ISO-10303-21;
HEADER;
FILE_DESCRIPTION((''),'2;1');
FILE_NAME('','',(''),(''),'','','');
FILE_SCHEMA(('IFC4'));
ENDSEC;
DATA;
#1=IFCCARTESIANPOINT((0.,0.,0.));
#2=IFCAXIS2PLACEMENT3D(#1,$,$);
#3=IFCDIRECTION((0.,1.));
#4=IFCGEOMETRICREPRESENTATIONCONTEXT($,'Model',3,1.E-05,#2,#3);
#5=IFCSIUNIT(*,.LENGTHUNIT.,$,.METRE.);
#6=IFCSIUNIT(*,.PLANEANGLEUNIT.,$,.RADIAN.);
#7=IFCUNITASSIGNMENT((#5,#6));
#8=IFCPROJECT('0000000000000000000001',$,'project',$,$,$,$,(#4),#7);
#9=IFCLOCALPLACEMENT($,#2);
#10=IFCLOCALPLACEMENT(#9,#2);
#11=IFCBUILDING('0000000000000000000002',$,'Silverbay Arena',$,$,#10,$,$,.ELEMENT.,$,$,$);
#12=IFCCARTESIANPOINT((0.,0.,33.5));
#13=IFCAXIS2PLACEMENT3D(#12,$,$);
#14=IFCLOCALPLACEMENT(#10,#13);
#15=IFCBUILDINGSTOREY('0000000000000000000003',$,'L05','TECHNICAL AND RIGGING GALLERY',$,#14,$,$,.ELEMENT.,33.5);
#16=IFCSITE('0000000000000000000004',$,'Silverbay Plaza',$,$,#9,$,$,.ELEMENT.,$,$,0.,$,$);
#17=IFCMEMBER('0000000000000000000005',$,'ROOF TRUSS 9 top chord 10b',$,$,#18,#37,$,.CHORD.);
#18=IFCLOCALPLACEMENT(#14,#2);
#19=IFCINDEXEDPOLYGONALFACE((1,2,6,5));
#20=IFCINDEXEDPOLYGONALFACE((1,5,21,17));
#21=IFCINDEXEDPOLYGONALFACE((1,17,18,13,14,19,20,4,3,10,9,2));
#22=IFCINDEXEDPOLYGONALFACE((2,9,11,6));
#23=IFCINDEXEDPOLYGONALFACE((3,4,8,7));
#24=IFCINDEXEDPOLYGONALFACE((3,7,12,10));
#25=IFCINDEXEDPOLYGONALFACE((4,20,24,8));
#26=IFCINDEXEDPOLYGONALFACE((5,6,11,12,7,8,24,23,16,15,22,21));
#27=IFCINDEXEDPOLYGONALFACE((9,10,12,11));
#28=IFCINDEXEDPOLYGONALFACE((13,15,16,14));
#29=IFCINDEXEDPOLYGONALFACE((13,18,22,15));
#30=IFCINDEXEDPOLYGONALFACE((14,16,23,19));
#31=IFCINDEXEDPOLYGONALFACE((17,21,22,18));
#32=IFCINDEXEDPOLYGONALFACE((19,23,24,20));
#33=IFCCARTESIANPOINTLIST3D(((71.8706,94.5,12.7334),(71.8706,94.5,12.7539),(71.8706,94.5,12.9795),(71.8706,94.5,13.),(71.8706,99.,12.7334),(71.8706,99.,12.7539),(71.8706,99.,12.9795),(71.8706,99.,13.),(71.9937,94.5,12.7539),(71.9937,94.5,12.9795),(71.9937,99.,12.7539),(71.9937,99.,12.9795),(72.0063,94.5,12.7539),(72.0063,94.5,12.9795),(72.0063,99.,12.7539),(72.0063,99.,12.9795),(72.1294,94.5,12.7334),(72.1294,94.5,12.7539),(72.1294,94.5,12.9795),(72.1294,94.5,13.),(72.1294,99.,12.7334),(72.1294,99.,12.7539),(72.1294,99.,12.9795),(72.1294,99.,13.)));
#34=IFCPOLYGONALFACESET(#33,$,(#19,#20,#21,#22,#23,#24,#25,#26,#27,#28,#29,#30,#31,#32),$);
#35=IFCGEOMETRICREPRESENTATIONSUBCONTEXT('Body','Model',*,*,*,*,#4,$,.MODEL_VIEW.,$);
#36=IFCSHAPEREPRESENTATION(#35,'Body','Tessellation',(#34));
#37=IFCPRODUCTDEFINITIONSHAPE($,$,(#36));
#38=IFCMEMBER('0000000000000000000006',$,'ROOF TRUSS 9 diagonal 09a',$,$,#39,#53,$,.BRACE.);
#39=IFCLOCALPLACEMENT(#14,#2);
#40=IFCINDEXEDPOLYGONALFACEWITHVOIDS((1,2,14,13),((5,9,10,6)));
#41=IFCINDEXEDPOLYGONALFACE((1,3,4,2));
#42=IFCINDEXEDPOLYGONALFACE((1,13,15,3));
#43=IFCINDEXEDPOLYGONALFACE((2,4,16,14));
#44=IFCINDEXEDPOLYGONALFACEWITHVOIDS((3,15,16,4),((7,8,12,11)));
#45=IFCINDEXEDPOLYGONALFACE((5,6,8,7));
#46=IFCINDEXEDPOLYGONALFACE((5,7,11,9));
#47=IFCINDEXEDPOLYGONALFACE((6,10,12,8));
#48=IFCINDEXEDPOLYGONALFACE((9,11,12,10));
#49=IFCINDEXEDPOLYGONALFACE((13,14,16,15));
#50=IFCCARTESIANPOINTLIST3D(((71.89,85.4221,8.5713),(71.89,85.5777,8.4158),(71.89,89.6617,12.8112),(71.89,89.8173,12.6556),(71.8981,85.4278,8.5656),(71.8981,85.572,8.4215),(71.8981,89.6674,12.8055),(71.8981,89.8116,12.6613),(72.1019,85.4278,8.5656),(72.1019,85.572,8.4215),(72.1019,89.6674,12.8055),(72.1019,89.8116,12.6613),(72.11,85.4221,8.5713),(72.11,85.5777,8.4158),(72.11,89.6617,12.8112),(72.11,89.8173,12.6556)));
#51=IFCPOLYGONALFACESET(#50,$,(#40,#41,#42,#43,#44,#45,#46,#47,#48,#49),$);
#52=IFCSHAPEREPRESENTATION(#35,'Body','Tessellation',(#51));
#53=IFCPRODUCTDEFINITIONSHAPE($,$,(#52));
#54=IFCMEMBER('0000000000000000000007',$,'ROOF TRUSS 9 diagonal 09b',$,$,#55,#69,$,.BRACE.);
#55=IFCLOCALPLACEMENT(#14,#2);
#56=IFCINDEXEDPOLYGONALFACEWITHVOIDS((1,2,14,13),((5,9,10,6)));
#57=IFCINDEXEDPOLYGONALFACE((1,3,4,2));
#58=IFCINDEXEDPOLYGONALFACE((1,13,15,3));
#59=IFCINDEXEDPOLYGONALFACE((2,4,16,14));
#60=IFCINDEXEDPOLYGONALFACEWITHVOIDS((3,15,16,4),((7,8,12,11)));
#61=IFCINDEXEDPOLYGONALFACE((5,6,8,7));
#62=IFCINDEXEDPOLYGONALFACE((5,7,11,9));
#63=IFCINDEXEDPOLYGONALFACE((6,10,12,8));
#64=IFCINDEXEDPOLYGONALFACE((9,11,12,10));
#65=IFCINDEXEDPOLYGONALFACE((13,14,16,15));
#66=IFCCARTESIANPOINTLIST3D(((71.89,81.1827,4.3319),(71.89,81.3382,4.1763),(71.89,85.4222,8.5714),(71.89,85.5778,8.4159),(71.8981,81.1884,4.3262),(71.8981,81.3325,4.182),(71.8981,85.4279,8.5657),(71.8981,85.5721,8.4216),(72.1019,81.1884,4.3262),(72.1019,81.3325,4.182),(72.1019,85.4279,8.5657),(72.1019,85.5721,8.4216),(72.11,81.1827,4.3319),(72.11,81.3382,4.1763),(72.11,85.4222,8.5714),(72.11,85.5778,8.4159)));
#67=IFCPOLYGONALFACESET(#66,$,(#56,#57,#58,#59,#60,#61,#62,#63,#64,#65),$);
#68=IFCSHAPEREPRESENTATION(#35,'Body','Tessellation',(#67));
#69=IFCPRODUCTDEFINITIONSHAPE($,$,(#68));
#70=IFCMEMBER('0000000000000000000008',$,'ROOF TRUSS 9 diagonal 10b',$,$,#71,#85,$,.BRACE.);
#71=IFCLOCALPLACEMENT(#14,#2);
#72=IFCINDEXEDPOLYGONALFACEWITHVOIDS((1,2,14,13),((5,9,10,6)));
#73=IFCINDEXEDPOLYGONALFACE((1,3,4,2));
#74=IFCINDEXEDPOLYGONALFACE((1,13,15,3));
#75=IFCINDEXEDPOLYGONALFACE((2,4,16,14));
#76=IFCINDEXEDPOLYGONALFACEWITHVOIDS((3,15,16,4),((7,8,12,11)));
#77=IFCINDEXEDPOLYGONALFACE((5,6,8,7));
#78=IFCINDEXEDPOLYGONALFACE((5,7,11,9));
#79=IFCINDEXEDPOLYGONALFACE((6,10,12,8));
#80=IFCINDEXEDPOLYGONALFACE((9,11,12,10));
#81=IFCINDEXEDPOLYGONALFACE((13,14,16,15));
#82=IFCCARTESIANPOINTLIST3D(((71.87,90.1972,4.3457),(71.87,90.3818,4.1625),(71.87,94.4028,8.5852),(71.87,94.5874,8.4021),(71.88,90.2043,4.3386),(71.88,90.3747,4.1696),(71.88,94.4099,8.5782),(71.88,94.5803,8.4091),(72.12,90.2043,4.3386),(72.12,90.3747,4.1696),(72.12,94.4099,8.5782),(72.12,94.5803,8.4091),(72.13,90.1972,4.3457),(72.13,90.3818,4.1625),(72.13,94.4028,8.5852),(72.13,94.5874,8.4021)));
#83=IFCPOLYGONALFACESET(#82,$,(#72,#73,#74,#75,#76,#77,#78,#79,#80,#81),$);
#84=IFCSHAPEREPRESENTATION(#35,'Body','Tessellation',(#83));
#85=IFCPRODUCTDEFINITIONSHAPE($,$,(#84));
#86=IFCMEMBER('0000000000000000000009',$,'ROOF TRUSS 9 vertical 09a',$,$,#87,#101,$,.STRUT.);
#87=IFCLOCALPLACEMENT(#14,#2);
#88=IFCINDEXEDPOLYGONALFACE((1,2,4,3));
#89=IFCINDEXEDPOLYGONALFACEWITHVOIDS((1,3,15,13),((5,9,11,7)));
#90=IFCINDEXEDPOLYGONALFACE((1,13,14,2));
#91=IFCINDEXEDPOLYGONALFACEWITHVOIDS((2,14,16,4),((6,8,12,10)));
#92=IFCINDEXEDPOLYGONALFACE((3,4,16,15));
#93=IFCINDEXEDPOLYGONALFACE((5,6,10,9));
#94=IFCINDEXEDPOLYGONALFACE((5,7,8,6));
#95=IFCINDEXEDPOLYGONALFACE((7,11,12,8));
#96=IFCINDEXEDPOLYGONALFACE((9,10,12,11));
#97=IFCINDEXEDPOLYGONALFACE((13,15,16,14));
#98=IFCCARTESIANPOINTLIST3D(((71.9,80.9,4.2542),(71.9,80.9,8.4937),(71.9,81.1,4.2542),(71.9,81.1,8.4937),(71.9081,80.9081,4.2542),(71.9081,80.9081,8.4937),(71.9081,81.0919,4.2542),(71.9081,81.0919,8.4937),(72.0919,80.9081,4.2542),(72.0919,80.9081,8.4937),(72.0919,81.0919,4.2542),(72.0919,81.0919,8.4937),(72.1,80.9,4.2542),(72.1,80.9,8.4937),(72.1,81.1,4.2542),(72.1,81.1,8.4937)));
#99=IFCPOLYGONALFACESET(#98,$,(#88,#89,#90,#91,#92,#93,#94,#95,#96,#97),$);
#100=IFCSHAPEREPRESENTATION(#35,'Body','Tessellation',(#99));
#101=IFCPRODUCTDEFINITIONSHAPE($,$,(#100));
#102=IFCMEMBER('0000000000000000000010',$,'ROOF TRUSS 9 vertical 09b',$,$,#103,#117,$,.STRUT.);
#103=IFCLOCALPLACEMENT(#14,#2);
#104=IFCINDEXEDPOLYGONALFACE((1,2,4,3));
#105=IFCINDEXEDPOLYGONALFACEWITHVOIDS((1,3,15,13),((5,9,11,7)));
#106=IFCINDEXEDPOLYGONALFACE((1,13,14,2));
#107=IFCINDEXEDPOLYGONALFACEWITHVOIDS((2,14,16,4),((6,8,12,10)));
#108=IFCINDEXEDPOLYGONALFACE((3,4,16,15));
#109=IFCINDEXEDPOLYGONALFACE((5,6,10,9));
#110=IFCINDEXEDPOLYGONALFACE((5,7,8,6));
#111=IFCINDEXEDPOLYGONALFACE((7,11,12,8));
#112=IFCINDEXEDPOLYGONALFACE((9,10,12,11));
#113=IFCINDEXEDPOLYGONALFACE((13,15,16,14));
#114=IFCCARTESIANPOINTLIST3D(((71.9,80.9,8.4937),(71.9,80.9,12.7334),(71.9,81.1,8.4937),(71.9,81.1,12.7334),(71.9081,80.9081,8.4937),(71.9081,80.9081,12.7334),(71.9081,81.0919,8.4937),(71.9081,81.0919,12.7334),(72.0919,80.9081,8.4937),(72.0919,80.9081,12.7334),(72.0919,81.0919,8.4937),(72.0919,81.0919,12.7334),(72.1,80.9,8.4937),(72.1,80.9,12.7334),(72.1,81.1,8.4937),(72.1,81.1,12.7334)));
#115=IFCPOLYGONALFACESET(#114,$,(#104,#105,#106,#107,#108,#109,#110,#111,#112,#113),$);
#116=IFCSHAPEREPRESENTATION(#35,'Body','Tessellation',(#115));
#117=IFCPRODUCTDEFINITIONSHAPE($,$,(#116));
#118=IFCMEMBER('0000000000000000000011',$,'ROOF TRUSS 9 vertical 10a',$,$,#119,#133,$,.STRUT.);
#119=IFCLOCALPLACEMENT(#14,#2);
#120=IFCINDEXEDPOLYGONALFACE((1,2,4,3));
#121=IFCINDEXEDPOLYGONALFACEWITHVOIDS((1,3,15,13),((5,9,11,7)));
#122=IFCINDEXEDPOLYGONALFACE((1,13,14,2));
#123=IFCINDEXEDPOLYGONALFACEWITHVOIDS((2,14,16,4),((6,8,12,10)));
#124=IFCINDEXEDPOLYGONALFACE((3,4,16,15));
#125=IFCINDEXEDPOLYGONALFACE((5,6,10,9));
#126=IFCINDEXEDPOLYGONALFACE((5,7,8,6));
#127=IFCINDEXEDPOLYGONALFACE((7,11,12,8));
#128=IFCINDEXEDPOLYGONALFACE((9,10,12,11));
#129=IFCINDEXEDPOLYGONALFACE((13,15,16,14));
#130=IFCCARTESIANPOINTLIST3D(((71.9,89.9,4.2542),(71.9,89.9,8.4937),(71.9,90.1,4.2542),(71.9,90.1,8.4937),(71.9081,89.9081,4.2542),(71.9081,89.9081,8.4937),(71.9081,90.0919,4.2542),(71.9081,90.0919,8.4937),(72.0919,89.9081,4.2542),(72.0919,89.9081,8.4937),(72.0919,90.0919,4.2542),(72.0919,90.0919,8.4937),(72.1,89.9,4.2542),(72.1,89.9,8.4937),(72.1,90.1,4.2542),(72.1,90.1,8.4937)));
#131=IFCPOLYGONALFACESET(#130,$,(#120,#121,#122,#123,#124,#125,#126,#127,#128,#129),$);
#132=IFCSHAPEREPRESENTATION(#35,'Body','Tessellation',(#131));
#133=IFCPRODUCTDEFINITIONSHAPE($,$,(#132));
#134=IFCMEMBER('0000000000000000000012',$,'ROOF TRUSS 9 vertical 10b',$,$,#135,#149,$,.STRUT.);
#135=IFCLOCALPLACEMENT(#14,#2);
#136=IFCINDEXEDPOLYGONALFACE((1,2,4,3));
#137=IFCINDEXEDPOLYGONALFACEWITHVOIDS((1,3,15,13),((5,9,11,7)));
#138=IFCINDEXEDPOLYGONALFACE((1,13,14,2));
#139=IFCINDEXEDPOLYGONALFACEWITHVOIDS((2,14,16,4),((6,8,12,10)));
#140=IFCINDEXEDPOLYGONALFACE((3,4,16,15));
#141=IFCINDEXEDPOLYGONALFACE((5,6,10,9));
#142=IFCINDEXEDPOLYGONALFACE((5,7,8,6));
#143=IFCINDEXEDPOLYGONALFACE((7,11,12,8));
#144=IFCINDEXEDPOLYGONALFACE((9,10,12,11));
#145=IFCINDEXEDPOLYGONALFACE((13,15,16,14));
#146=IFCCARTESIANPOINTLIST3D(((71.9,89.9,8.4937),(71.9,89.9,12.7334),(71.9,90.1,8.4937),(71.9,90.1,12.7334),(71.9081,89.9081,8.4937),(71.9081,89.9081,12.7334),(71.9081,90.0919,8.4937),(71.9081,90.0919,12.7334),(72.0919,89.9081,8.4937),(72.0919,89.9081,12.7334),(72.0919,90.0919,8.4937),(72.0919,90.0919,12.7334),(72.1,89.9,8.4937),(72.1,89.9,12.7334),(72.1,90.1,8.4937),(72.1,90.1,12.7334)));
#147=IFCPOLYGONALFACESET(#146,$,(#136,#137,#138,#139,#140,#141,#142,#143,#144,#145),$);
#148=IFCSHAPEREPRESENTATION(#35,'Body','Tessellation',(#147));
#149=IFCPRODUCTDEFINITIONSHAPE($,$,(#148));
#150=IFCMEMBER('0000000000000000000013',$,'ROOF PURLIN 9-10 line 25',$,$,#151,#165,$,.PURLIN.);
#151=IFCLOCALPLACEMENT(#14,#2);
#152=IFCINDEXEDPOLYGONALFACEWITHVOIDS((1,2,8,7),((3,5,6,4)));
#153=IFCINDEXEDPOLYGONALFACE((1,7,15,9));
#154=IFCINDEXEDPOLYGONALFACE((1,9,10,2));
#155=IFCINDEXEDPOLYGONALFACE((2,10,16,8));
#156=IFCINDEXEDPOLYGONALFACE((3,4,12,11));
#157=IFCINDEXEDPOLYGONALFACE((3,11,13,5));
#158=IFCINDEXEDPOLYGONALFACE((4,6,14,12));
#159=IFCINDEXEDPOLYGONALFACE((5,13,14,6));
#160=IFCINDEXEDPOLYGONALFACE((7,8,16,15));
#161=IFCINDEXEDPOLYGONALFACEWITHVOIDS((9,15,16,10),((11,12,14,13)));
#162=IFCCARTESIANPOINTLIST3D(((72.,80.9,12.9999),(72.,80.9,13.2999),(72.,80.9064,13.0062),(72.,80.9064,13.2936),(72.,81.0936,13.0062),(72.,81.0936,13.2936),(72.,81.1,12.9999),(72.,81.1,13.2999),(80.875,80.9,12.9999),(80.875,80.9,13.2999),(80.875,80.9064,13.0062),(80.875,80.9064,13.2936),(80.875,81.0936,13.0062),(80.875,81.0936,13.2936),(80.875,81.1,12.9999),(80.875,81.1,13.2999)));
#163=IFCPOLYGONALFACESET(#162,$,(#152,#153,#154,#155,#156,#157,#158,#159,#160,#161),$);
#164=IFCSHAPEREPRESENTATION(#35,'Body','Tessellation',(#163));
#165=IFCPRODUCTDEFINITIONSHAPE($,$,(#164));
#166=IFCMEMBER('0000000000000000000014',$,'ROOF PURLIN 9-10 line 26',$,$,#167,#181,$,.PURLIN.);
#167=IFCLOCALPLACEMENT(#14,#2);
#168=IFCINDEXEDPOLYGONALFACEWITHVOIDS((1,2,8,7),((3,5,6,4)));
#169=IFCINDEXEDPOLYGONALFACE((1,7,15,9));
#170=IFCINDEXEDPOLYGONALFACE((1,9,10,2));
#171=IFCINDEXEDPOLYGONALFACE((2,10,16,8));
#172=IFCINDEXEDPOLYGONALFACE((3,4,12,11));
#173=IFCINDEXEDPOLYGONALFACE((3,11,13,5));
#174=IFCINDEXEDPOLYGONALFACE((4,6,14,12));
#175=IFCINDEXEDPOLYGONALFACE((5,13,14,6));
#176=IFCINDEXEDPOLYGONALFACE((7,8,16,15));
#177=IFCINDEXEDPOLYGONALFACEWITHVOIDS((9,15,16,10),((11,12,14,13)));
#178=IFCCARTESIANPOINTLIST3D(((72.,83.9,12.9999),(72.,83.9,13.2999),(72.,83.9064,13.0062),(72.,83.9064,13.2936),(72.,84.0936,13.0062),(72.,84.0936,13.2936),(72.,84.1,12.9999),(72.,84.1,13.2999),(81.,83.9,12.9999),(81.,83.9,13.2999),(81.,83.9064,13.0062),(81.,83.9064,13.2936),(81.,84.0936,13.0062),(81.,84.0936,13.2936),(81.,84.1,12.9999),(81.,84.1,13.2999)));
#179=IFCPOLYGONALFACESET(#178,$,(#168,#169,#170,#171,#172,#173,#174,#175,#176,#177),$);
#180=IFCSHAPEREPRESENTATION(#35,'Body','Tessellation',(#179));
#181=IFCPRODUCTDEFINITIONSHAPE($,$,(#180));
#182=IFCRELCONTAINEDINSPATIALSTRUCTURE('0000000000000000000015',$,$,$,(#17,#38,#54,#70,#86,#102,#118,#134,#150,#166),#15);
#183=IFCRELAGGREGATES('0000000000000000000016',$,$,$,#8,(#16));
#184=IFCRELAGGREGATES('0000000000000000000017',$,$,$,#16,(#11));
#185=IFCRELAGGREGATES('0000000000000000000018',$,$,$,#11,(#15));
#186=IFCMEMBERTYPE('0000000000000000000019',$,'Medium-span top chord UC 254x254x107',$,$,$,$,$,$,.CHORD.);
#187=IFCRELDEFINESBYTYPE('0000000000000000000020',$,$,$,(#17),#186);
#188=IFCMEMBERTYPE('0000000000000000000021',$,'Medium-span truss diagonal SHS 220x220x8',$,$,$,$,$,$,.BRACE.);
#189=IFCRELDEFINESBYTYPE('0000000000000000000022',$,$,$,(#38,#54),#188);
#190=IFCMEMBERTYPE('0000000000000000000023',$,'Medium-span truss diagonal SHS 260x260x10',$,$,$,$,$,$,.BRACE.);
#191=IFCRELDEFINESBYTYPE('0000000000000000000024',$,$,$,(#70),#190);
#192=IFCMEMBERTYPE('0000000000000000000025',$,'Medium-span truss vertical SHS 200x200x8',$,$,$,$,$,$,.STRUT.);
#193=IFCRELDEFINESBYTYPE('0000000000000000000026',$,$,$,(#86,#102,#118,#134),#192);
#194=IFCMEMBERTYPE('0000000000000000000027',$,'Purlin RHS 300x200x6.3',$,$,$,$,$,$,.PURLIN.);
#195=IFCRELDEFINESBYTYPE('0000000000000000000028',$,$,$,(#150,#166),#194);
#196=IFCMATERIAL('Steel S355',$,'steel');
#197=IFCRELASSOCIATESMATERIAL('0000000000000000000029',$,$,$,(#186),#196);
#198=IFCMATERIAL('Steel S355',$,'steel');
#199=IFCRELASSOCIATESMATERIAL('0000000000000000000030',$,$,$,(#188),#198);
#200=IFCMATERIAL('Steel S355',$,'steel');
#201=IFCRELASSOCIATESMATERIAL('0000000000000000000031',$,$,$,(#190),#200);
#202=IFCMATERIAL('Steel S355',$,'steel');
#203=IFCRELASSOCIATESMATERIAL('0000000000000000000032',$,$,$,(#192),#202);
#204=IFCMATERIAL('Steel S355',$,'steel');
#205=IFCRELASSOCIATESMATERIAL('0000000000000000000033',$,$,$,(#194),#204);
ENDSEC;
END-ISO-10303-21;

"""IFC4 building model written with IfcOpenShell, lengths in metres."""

from ifc_helpers import new_model, si_unit, direction, frame, origin, origin_2d, place, context, subcontext, project, spatial, hollow_rectangle, i_section, extrude, material, material_profile, profile_set, type_object, element, save


model = new_model("IFC4")

# Units and contexts
model_context = context("Model", 3, precision=1e-05, world=origin(), true_north=direction((0.0, 1.0)))
body_context = subcontext(model_context, "Body", "Model", "MODEL_VIEW")
ifc_project = project(units=[si_unit("LENGTHUNIT", "METRE"), si_unit("PLANEANGLEUNIT", "RADIAN")], contexts=[model_context])

# Site, building, storey
site_placement = place(None, origin())
site = spatial("IfcSite", under=ifc_project, at=site_placement, Name="Silverbay Plaza", CompositionType="ELEMENT", RefElevation=0.0)
building_placement = place(site_placement, origin())
building = spatial("IfcBuilding", under=site, at=building_placement, Name="Silverbay Arena", CompositionType="ELEMENT")
storey_placement = place(building_placement, frame((0.0, 0.0, 33.5)))
storey = spatial("IfcBuildingStorey", under=building, at=storey_placement, Name="L05", Description="TECHNICAL AND RIGGING GALLERY", CompositionType="ELEMENT", Elevation=33.5)

# Members
ifc_material_1 = material(Name="Steel S355", Category="steel")
ifc_material_profile_1 = material_profile(ifc_material_1, i_section(OverallWidth=0.2588, OverallDepth=0.2666, WebThickness=0.0127, FlangeThickness=0.0205, at=origin_2d()), Name="UC 254x254x107")
ifc_profile_set_1 = profile_set([ifc_material_profile_1], Name="Steel S355")
member_type_1 = type_object("IfcMemberType", Name="Medium-span top chord UC 254x254x107", PredefinedType="CHORD", material=ifc_profile_set_1)
for number, where, z_axis, x_axis, name in (
    (1, (72.0, 94.5, 12.8667), (0.0, 1.0, 0.0), (-1.0, 0.0, 0.0), "ROOF TRUSS 9 top chord 10b"),
):
    element("IfcMember", number, at=place(storey_placement, frame(where, z_axis=z_axis, x_axis=x_axis)), inside=storey, type_object=member_type_1, Name=name, PredefinedType="CHORD", context=body_context, shape_type="SweptSolid", body=[
        extrude(i_section(OverallWidth=0.2588, OverallDepth=0.2666, WebThickness=0.0127, FlangeThickness=0.0205, at=origin_2d()), origin(), (0.0, 0.0, 1.0), 4.5),
    ])
ifc_material_2 = material(Name="Steel S355", Category="steel")
ifc_material_profile_2 = material_profile(ifc_material_2, hollow_rectangle(XDim=0.22, YDim=0.22, WallThickness=0.0081, at=origin_2d()), Name="SHS 220x220x8")
ifc_profile_set_2 = profile_set([ifc_material_profile_2], Name="Steel S355")
member_type_2 = type_object("IfcMemberType", Name="Medium-span truss diagonal SHS 220x220x8", PredefinedType="BRACE", material=ifc_profile_set_2)
member_1_placement = place(storey_placement, frame((72.0, 89.7395, 12.7334), z_axis=(0.0, -0.707086, -0.707127), x_axis=(1.0, 0.0, 0.0)))
element("IfcMember", 2, at=member_1_placement, inside=storey, type_object=member_type_2, Name="ROOF TRUSS 9 diagonal 09a", PredefinedType="BRACE", context=body_context, shape_type="SweptSolid", body=[
    extrude(hollow_rectangle(XDim=0.22, YDim=0.22, WallThickness=0.0081, at=origin_2d()), origin(), (0.0, 0.0, 1.0), 5.9958),
])
member_2_placement = place(storey_placement, frame((72.0, 85.5, 8.4937), z_axis=(0.0, -0.707107, -0.707107), x_axis=(1.0, 0.0, 0.0)))
element("IfcMember", 3, at=member_2_placement, inside=storey, type_object=member_type_2, Name="ROOF TRUSS 9 diagonal 09b", PredefinedType="BRACE", context=body_context, shape_type="SweptSolid", body=[
    extrude(hollow_rectangle(XDim=0.22, YDim=0.22, WallThickness=0.0081, at=origin_2d()), origin(), (0.0, 0.0, 1.0), 5.9956),
])
ifc_material_3 = material(Name="Steel S355", Category="steel")
ifc_material_profile_3 = material_profile(ifc_material_3, hollow_rectangle(XDim=0.26, YDim=0.26, WallThickness=0.01, at=origin_2d()), Name="SHS 260x260x10")
ifc_profile_set_3 = profile_set([ifc_material_profile_3], Name="Steel S355")
member_type_3 = type_object("IfcMemberType", Name="Medium-span truss diagonal SHS 260x260x10", PredefinedType="BRACE", material=ifc_profile_set_3)
member_3_placement = place(storey_placement, frame((72.0, 94.4951, 8.4937), z_axis=(0.0, -0.70426, -0.709942), x_axis=(1.0, 0.0, 0.0)))
element("IfcMember", 4, at=member_3_placement, inside=storey, type_object=member_type_3, Name="ROOF TRUSS 9 diagonal 10b", PredefinedType="BRACE", context=body_context, shape_type="SweptSolid", body=[
    extrude(hollow_rectangle(XDim=0.26, YDim=0.26, WallThickness=0.01, at=origin_2d()), origin(), (0.0, 0.0, 1.0), 5.9717),
])
ifc_material_4 = material(Name="Steel S355", Category="steel")
ifc_material_profile_4 = material_profile(ifc_material_4, hollow_rectangle(XDim=0.2, YDim=0.2, WallThickness=0.0081, at=origin_2d()), Name="SHS 200x200x8")
ifc_profile_set_4 = profile_set([ifc_material_profile_4], Name="Steel S355")
member_type_4 = type_object("IfcMemberType", Name="Medium-span truss vertical SHS 200x200x8", PredefinedType="STRUT", material=ifc_profile_set_4)
member_4_placement = place(storey_placement, frame((72.0, 81.0, 4.2542), z_axis=(0.0, 0.0, 1.0), x_axis=(1.0, 0.0, 0.0)))
element("IfcMember", 5, at=member_4_placement, inside=storey, type_object=member_type_4, Name="ROOF TRUSS 9 vertical 09a", PredefinedType="STRUT", context=body_context, shape_type="SweptSolid", body=[
    extrude(hollow_rectangle(XDim=0.2, YDim=0.2, WallThickness=0.0081, at=origin_2d()), origin(), (0.0, 0.0, 1.0), 4.2395),
])
member_5_placement = place(storey_placement, frame((72.0, 81.0, 8.4937), z_axis=(0.0, 0.0, 1.0), x_axis=(1.0, 0.0, 0.0)))
element("IfcMember", 6, at=member_5_placement, inside=storey, type_object=member_type_4, Name="ROOF TRUSS 9 vertical 09b", PredefinedType="STRUT", context=body_context, shape_type="SweptSolid", body=[
    extrude(hollow_rectangle(XDim=0.2, YDim=0.2, WallThickness=0.0081, at=origin_2d()), origin(), (0.0, 0.0, 1.0), 4.2397),
])
member_6_placement = place(storey_placement, frame((72.0, 90.0, 4.2542), z_axis=(0.0, 0.0, 1.0), x_axis=(1.0, 0.0, 0.0)))
element("IfcMember", 7, at=member_6_placement, inside=storey, type_object=member_type_4, Name="ROOF TRUSS 9 vertical 10a", PredefinedType="STRUT", context=body_context, shape_type="SweptSolid", body=[
    extrude(hollow_rectangle(XDim=0.2, YDim=0.2, WallThickness=0.0081, at=origin_2d()), origin(), (0.0, 0.0, 1.0), 4.2395),
])
member_7_placement = place(storey_placement, frame((72.0, 90.0, 8.4937), z_axis=(0.0, 0.0, 1.0), x_axis=(1.0, 0.0, 0.0)))
element("IfcMember", 8, at=member_7_placement, inside=storey, type_object=member_type_4, Name="ROOF TRUSS 9 vertical 10b", PredefinedType="STRUT", context=body_context, shape_type="SweptSolid", body=[
    extrude(hollow_rectangle(XDim=0.2, YDim=0.2, WallThickness=0.0081, at=origin_2d()), origin(), (0.0, 0.0, 1.0), 4.2397),
])
ifc_material_5 = material(Name="Steel S355", Category="steel")
ifc_material_profile_5 = material_profile(ifc_material_5, hollow_rectangle(XDim=0.2, YDim=0.3, WallThickness=0.0063, at=origin_2d()), Name="RHS 300x200x6.3")
ifc_profile_set_5 = profile_set([ifc_material_profile_5], Name="Steel S355")
member_type_5 = type_object("IfcMemberType", Name="Purlin RHS 300x200x6.3", PredefinedType="PURLIN", material=ifc_profile_set_5)
member_8_placement = place(storey_placement, frame((72.0, 81.0, 13.1499), z_axis=(1.0, 0.0, 0.0), x_axis=(0.0, 1.0, 0.0)))
element("IfcMember", 9, at=member_8_placement, inside=storey, type_object=member_type_5, Name="ROOF PURLIN 9-10 line 25", PredefinedType="PURLIN", context=body_context, shape_type="SweptSolid", body=[
    extrude(hollow_rectangle(XDim=0.2, YDim=0.3, WallThickness=0.0063, at=origin_2d()), origin(), (0.0, 0.0, 1.0), 8.875),
])
for number, where, z_axis, x_axis, name in (
    (10, (72.0, 84.0, 13.1499), (1.0, 0.0, 0.0), (0.0, 1.0, 0.0), "ROOF PURLIN 9-10 line 26"),
):
    element("IfcMember", number, at=place(storey_placement, frame(where, z_axis=z_axis, x_axis=x_axis)), inside=storey, type_object=member_type_5, Name=name, PredefinedType="PURLIN", context=body_context, shape_type="SweptSolid", body=[
        extrude(hollow_rectangle(XDim=0.2, YDim=0.3, WallThickness=0.0063, at=origin_2d()), origin(), (0.0, 0.0, 1.0), 9.0),
    ])

save(model, "model.ifc")
